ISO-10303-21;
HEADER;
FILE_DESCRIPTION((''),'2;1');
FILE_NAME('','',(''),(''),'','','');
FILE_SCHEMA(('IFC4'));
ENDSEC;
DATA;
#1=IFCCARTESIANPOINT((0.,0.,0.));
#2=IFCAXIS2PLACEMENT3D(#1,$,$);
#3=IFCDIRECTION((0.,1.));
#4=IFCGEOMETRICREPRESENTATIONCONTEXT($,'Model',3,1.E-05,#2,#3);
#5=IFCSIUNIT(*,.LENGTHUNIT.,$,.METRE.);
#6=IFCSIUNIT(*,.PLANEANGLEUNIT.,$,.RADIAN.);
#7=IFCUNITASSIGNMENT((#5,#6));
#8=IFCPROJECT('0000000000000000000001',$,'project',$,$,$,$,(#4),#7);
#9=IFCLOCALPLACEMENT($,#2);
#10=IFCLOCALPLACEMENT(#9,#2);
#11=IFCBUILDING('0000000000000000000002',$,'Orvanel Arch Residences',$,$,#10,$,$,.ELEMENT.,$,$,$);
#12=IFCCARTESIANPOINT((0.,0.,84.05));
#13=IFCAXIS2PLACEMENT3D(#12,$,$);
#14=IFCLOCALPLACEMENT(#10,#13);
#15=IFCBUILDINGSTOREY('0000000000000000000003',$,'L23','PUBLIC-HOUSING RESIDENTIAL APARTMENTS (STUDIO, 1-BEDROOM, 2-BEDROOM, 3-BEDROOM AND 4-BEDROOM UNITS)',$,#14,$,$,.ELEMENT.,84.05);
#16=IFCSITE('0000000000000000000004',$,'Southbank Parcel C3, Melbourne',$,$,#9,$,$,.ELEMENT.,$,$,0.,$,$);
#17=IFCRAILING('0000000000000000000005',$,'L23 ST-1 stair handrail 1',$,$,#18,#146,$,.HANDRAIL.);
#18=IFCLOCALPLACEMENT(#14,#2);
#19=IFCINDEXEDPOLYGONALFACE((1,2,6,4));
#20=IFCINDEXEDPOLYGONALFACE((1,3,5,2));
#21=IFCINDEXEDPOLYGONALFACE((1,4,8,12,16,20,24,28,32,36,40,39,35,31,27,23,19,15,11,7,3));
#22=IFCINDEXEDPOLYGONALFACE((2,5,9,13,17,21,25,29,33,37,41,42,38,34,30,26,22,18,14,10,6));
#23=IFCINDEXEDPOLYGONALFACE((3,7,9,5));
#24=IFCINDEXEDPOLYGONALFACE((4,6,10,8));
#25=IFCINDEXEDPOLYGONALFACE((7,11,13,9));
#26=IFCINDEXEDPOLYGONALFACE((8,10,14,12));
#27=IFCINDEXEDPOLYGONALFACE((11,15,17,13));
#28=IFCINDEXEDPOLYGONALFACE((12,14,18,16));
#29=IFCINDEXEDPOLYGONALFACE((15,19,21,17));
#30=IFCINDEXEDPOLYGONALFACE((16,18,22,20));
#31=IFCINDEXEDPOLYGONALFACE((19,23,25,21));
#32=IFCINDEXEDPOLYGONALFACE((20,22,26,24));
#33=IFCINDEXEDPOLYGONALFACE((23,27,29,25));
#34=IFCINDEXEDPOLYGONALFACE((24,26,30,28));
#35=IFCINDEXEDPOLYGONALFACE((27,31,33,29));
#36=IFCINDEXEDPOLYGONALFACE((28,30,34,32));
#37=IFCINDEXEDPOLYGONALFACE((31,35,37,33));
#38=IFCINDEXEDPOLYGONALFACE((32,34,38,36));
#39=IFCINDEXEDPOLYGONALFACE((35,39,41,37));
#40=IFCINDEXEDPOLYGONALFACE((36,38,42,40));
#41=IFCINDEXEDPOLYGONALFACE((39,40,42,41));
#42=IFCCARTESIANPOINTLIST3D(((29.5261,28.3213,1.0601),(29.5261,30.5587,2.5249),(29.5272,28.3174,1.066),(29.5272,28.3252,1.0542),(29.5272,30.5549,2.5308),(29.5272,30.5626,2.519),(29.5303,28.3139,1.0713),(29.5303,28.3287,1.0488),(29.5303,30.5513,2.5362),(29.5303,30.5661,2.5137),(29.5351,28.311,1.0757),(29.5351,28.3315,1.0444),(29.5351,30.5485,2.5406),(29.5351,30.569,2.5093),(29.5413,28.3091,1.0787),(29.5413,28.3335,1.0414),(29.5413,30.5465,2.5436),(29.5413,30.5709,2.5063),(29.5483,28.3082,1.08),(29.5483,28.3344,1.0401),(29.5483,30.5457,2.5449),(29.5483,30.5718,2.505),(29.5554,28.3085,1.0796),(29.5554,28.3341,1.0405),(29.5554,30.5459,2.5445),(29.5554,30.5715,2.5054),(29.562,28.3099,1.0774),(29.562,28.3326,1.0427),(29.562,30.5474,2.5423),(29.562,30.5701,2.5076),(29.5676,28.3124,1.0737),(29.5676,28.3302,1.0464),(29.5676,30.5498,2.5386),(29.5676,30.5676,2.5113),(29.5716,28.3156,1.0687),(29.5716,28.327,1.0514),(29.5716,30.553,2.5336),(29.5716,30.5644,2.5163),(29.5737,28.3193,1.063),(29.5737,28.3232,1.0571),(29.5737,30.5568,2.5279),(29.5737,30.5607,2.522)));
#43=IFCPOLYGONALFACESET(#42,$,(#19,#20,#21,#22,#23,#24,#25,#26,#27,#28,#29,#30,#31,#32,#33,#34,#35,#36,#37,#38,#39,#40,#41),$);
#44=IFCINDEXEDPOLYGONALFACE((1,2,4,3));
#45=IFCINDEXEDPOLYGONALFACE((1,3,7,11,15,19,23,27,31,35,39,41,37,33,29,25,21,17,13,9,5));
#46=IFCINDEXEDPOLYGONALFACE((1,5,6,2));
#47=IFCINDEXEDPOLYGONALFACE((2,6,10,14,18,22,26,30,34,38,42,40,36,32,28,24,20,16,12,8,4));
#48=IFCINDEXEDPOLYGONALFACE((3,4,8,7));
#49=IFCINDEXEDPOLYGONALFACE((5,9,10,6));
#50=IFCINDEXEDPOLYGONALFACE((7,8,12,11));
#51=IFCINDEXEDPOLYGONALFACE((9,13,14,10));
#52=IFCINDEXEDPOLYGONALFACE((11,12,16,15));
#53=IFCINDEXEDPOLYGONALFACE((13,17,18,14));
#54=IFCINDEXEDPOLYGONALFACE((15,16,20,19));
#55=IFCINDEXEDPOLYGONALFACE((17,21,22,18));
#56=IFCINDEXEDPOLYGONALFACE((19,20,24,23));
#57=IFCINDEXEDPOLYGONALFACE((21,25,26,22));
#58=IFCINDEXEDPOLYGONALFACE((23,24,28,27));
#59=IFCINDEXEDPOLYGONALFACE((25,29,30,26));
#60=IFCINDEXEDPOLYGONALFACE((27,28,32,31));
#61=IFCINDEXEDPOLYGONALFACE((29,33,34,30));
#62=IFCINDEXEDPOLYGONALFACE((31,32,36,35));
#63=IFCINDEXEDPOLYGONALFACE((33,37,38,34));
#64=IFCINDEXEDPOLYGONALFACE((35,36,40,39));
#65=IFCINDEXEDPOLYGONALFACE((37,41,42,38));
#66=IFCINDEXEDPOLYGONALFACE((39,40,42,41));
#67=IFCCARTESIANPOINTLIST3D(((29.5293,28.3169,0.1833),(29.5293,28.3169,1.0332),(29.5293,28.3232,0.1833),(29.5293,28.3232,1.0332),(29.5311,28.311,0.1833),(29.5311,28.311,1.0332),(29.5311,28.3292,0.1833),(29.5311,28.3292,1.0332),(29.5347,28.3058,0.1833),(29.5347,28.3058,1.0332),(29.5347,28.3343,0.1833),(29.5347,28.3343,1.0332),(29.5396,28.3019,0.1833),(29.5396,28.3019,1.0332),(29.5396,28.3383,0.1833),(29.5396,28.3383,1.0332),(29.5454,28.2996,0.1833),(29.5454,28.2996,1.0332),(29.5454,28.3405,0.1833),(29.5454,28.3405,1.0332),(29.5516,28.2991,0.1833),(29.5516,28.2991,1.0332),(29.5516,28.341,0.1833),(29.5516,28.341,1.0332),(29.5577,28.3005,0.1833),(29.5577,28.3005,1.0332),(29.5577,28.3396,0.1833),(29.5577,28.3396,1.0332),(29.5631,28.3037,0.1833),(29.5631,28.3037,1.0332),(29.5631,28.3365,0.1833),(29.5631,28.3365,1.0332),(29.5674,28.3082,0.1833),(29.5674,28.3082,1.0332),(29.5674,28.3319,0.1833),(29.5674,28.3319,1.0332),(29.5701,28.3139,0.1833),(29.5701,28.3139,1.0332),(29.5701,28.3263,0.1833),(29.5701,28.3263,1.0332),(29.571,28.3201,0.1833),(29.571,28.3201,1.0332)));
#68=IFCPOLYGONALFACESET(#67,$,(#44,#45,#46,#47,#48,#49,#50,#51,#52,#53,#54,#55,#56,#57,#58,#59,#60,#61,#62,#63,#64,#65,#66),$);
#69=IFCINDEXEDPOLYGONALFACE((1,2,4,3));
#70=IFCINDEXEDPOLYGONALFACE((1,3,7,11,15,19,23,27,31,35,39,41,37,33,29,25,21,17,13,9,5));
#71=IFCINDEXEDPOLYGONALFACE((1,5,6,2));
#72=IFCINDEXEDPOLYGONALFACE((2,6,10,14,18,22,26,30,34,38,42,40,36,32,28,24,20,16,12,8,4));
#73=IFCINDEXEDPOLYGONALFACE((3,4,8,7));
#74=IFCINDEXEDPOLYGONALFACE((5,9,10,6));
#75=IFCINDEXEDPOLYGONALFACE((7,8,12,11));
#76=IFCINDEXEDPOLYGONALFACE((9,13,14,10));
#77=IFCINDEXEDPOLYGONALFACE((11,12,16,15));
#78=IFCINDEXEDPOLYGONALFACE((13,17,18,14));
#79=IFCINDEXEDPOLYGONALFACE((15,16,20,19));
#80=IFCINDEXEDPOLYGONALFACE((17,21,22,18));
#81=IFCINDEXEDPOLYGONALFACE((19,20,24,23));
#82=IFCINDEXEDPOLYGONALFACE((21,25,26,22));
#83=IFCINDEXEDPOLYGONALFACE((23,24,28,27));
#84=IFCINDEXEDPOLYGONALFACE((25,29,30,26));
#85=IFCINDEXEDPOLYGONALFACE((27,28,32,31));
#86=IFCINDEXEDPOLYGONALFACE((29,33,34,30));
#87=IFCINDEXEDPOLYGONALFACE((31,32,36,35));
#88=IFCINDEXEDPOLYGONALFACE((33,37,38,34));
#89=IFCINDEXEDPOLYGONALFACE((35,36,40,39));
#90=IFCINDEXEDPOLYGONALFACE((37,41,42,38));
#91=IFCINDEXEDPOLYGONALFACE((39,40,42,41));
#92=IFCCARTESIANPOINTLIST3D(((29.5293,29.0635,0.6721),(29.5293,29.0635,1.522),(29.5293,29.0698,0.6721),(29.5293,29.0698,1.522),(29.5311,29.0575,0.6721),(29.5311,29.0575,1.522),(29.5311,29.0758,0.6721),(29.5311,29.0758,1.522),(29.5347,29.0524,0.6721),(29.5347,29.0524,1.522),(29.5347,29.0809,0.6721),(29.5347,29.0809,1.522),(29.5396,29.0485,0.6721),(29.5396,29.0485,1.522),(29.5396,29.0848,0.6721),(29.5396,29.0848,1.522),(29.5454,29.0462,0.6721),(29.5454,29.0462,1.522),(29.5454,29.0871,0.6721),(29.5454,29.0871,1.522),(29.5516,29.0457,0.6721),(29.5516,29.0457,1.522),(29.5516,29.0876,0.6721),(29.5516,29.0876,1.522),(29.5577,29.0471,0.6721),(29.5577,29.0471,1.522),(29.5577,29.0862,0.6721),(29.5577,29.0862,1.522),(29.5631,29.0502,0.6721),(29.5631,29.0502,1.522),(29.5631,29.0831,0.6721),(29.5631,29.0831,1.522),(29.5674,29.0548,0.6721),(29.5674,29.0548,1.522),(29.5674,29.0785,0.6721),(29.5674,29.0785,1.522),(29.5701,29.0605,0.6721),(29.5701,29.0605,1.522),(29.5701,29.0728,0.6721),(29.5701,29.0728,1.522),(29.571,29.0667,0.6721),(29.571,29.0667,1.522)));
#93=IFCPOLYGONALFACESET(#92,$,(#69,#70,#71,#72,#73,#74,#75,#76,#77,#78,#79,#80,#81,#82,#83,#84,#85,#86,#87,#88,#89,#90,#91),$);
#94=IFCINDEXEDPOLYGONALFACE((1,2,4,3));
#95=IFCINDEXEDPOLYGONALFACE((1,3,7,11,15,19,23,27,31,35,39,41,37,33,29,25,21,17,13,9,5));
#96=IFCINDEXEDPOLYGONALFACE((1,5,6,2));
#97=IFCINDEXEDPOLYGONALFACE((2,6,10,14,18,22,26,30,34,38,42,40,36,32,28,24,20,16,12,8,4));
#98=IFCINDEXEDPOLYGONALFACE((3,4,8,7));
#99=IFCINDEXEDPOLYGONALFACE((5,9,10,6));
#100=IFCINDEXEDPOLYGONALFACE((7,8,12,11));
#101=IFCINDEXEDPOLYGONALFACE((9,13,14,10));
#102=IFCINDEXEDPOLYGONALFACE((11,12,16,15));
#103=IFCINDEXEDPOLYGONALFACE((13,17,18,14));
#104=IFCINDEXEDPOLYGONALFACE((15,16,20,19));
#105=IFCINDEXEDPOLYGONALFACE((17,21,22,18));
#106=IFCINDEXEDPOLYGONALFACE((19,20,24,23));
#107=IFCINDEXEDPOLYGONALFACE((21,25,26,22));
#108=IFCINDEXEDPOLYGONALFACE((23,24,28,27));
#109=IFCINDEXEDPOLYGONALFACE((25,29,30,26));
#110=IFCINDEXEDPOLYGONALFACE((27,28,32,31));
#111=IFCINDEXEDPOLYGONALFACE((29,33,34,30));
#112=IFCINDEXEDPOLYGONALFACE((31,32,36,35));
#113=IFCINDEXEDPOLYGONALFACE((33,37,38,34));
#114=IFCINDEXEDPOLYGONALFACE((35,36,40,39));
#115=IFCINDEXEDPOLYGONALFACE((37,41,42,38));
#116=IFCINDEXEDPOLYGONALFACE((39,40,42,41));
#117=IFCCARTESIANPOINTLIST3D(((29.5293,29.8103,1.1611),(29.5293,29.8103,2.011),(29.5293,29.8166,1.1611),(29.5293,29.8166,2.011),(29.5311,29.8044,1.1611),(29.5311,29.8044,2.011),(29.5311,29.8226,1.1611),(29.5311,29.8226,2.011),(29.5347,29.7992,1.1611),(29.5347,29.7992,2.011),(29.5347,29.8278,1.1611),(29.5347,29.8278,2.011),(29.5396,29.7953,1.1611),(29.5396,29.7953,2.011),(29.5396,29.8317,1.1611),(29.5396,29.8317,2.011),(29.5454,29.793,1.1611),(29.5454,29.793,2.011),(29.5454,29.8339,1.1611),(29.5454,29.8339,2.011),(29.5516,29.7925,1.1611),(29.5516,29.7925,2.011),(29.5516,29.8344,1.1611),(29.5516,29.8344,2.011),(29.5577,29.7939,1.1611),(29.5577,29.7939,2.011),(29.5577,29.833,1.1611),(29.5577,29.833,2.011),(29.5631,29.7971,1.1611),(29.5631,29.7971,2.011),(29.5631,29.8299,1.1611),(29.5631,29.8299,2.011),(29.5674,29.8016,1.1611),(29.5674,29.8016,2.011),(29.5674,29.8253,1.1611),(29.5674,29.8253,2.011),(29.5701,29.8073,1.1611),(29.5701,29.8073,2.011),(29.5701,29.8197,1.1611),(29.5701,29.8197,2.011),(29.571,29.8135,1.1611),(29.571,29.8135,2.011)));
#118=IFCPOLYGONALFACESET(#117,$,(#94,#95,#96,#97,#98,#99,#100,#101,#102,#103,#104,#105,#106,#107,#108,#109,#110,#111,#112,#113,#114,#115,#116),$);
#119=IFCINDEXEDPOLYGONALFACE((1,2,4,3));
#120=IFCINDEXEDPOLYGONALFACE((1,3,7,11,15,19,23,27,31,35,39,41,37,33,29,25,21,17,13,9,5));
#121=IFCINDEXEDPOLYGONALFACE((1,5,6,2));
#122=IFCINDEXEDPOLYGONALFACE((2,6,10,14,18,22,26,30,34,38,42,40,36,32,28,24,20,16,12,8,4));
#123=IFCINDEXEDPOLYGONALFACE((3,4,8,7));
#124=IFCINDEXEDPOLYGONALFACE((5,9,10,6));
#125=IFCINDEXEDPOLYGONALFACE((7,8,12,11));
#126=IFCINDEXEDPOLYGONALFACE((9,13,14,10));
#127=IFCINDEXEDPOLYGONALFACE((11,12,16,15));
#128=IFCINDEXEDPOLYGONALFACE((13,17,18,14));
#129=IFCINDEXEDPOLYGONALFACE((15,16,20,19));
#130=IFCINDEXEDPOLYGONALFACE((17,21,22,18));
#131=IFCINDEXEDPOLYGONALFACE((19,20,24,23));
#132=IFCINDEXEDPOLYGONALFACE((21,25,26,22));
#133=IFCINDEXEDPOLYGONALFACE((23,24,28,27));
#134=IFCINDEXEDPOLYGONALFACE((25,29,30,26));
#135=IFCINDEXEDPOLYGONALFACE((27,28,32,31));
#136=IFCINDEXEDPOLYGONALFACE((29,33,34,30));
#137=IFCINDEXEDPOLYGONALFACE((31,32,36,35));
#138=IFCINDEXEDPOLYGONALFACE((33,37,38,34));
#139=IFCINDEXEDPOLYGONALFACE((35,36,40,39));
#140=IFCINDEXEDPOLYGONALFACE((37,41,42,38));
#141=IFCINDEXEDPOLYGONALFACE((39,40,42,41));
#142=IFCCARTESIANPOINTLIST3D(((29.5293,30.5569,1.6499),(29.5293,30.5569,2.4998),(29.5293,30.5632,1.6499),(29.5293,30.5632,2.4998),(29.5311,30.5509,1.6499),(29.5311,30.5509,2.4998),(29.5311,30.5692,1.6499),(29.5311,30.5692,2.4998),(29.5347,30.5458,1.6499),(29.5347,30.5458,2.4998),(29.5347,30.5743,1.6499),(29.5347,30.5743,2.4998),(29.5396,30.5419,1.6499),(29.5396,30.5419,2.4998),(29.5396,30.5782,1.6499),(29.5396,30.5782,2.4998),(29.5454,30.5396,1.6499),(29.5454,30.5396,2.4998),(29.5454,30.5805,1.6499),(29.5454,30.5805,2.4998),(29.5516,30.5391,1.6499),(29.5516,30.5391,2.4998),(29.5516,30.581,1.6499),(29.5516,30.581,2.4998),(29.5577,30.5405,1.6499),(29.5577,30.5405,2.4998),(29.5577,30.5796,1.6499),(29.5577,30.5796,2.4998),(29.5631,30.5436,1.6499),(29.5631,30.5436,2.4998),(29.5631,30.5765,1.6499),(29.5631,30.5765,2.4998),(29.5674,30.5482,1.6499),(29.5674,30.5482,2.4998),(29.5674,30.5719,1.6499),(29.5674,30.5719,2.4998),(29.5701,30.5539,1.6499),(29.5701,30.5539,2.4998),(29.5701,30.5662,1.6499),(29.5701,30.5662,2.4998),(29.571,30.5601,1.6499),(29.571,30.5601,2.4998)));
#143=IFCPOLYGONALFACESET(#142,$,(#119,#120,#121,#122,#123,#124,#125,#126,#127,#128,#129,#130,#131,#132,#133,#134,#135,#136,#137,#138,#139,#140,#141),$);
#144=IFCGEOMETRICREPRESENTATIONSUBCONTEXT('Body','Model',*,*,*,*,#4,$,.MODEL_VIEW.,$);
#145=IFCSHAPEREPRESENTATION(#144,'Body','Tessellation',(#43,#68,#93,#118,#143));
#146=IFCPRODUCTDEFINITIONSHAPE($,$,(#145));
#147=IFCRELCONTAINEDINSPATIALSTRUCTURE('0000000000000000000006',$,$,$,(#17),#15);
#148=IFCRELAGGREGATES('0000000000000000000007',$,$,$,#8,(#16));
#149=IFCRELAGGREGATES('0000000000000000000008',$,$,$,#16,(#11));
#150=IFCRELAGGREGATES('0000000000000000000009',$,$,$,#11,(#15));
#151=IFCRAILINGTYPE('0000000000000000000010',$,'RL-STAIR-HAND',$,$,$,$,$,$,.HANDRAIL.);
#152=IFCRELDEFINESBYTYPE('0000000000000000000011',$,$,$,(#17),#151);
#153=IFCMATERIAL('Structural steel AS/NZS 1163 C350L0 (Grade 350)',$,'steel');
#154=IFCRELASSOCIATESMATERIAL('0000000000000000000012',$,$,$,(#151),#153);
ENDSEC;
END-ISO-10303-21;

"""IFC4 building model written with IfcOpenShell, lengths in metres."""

from ifc_helpers import new_model, si_unit, direction, frame, origin, origin_2d, place, context, subcontext, project, spatial, circle, extrude, material, type_object, element, save


model = new_model("IFC4")

# Units and contexts
model_context = context("Model", 3, precision=1e-05, world=origin(), true_north=direction((0.0, 1.0)))
body_context = subcontext(model_context, "Body", "Model", "MODEL_VIEW")
ifc_project = project(units=[si_unit("LENGTHUNIT", "METRE"), si_unit("PLANEANGLEUNIT", "RADIAN")], contexts=[model_context])

# Site, building, storey
site_placement = place(None, origin())
site = spatial("IfcSite", under=ifc_project, at=site_placement, Name="Southbank Parcel C3, Melbourne", CompositionType="ELEMENT", RefElevation=0.0)
building_placement = place(site_placement, origin())
building = spatial("IfcBuilding", under=site, at=building_placement, Name="Orvanel Arch Residences", CompositionType="ELEMENT")
storey_placement = place(building_placement, frame((0.0, 0.0, 84.05)))
storey = spatial("IfcBuildingStorey", under=building, at=storey_placement, Name="L23", Description="PUBLIC-HOUSING RESIDENTIAL APARTMENTS (STUDIO, 1-BEDROOM, 2-BEDROOM, 3-BEDROOM AND 4-BEDROOM UNITS)", CompositionType="ELEMENT", Elevation=84.05)

# Railing
ifc_material_1 = material(Name="Structural steel AS/NZS 1163 C350L0 (Grade 350)", Category="steel")
railing_type_1 = type_object("IfcRailingType", Name="RL-STAIR-HAND", PredefinedType="HANDRAIL", material=ifc_material_1)
railing_1_placement = place(storey_placement, frame((29.55, 28.3201, 0.1833)))
element("IfcRailing", 1, at=railing_1_placement, inside=storey, type_object=railing_type_1, Name="L23 ST-1 stair handrail 1", PredefinedType="HANDRAIL", context=body_context, shape_type="SweptSolid", body=[
    extrude(circle(Radius=0.0239, at=origin_2d()), frame((0.0, 0.0012, 0.8767), z_axis=(0.0, 0.836637, 0.547758), x_axis=(-1.0, 0.0, 0.0)), (0.0, 0.0, 1.0), 2.6743),
    extrude(circle(Radius=0.021, at=origin_2d()), origin(), (0.0, 0.0, 1.0), 0.8499),
    extrude(circle(Radius=0.021, at=origin_2d()), frame((0.0, 0.7466, 0.4888)), (0.0, 0.0, 1.0), 0.8499),
    extrude(circle(Radius=0.021, at=origin_2d()), frame((0.0, 1.4934, 0.9778)), (0.0, 0.0, 1.0), 0.8499),
    extrude(circle(Radius=0.021, at=origin_2d()), frame((0.0, 2.24, 1.4666)), (0.0, 0.0, 1.0), 0.8499),
])

save(model, "model.ifc")
